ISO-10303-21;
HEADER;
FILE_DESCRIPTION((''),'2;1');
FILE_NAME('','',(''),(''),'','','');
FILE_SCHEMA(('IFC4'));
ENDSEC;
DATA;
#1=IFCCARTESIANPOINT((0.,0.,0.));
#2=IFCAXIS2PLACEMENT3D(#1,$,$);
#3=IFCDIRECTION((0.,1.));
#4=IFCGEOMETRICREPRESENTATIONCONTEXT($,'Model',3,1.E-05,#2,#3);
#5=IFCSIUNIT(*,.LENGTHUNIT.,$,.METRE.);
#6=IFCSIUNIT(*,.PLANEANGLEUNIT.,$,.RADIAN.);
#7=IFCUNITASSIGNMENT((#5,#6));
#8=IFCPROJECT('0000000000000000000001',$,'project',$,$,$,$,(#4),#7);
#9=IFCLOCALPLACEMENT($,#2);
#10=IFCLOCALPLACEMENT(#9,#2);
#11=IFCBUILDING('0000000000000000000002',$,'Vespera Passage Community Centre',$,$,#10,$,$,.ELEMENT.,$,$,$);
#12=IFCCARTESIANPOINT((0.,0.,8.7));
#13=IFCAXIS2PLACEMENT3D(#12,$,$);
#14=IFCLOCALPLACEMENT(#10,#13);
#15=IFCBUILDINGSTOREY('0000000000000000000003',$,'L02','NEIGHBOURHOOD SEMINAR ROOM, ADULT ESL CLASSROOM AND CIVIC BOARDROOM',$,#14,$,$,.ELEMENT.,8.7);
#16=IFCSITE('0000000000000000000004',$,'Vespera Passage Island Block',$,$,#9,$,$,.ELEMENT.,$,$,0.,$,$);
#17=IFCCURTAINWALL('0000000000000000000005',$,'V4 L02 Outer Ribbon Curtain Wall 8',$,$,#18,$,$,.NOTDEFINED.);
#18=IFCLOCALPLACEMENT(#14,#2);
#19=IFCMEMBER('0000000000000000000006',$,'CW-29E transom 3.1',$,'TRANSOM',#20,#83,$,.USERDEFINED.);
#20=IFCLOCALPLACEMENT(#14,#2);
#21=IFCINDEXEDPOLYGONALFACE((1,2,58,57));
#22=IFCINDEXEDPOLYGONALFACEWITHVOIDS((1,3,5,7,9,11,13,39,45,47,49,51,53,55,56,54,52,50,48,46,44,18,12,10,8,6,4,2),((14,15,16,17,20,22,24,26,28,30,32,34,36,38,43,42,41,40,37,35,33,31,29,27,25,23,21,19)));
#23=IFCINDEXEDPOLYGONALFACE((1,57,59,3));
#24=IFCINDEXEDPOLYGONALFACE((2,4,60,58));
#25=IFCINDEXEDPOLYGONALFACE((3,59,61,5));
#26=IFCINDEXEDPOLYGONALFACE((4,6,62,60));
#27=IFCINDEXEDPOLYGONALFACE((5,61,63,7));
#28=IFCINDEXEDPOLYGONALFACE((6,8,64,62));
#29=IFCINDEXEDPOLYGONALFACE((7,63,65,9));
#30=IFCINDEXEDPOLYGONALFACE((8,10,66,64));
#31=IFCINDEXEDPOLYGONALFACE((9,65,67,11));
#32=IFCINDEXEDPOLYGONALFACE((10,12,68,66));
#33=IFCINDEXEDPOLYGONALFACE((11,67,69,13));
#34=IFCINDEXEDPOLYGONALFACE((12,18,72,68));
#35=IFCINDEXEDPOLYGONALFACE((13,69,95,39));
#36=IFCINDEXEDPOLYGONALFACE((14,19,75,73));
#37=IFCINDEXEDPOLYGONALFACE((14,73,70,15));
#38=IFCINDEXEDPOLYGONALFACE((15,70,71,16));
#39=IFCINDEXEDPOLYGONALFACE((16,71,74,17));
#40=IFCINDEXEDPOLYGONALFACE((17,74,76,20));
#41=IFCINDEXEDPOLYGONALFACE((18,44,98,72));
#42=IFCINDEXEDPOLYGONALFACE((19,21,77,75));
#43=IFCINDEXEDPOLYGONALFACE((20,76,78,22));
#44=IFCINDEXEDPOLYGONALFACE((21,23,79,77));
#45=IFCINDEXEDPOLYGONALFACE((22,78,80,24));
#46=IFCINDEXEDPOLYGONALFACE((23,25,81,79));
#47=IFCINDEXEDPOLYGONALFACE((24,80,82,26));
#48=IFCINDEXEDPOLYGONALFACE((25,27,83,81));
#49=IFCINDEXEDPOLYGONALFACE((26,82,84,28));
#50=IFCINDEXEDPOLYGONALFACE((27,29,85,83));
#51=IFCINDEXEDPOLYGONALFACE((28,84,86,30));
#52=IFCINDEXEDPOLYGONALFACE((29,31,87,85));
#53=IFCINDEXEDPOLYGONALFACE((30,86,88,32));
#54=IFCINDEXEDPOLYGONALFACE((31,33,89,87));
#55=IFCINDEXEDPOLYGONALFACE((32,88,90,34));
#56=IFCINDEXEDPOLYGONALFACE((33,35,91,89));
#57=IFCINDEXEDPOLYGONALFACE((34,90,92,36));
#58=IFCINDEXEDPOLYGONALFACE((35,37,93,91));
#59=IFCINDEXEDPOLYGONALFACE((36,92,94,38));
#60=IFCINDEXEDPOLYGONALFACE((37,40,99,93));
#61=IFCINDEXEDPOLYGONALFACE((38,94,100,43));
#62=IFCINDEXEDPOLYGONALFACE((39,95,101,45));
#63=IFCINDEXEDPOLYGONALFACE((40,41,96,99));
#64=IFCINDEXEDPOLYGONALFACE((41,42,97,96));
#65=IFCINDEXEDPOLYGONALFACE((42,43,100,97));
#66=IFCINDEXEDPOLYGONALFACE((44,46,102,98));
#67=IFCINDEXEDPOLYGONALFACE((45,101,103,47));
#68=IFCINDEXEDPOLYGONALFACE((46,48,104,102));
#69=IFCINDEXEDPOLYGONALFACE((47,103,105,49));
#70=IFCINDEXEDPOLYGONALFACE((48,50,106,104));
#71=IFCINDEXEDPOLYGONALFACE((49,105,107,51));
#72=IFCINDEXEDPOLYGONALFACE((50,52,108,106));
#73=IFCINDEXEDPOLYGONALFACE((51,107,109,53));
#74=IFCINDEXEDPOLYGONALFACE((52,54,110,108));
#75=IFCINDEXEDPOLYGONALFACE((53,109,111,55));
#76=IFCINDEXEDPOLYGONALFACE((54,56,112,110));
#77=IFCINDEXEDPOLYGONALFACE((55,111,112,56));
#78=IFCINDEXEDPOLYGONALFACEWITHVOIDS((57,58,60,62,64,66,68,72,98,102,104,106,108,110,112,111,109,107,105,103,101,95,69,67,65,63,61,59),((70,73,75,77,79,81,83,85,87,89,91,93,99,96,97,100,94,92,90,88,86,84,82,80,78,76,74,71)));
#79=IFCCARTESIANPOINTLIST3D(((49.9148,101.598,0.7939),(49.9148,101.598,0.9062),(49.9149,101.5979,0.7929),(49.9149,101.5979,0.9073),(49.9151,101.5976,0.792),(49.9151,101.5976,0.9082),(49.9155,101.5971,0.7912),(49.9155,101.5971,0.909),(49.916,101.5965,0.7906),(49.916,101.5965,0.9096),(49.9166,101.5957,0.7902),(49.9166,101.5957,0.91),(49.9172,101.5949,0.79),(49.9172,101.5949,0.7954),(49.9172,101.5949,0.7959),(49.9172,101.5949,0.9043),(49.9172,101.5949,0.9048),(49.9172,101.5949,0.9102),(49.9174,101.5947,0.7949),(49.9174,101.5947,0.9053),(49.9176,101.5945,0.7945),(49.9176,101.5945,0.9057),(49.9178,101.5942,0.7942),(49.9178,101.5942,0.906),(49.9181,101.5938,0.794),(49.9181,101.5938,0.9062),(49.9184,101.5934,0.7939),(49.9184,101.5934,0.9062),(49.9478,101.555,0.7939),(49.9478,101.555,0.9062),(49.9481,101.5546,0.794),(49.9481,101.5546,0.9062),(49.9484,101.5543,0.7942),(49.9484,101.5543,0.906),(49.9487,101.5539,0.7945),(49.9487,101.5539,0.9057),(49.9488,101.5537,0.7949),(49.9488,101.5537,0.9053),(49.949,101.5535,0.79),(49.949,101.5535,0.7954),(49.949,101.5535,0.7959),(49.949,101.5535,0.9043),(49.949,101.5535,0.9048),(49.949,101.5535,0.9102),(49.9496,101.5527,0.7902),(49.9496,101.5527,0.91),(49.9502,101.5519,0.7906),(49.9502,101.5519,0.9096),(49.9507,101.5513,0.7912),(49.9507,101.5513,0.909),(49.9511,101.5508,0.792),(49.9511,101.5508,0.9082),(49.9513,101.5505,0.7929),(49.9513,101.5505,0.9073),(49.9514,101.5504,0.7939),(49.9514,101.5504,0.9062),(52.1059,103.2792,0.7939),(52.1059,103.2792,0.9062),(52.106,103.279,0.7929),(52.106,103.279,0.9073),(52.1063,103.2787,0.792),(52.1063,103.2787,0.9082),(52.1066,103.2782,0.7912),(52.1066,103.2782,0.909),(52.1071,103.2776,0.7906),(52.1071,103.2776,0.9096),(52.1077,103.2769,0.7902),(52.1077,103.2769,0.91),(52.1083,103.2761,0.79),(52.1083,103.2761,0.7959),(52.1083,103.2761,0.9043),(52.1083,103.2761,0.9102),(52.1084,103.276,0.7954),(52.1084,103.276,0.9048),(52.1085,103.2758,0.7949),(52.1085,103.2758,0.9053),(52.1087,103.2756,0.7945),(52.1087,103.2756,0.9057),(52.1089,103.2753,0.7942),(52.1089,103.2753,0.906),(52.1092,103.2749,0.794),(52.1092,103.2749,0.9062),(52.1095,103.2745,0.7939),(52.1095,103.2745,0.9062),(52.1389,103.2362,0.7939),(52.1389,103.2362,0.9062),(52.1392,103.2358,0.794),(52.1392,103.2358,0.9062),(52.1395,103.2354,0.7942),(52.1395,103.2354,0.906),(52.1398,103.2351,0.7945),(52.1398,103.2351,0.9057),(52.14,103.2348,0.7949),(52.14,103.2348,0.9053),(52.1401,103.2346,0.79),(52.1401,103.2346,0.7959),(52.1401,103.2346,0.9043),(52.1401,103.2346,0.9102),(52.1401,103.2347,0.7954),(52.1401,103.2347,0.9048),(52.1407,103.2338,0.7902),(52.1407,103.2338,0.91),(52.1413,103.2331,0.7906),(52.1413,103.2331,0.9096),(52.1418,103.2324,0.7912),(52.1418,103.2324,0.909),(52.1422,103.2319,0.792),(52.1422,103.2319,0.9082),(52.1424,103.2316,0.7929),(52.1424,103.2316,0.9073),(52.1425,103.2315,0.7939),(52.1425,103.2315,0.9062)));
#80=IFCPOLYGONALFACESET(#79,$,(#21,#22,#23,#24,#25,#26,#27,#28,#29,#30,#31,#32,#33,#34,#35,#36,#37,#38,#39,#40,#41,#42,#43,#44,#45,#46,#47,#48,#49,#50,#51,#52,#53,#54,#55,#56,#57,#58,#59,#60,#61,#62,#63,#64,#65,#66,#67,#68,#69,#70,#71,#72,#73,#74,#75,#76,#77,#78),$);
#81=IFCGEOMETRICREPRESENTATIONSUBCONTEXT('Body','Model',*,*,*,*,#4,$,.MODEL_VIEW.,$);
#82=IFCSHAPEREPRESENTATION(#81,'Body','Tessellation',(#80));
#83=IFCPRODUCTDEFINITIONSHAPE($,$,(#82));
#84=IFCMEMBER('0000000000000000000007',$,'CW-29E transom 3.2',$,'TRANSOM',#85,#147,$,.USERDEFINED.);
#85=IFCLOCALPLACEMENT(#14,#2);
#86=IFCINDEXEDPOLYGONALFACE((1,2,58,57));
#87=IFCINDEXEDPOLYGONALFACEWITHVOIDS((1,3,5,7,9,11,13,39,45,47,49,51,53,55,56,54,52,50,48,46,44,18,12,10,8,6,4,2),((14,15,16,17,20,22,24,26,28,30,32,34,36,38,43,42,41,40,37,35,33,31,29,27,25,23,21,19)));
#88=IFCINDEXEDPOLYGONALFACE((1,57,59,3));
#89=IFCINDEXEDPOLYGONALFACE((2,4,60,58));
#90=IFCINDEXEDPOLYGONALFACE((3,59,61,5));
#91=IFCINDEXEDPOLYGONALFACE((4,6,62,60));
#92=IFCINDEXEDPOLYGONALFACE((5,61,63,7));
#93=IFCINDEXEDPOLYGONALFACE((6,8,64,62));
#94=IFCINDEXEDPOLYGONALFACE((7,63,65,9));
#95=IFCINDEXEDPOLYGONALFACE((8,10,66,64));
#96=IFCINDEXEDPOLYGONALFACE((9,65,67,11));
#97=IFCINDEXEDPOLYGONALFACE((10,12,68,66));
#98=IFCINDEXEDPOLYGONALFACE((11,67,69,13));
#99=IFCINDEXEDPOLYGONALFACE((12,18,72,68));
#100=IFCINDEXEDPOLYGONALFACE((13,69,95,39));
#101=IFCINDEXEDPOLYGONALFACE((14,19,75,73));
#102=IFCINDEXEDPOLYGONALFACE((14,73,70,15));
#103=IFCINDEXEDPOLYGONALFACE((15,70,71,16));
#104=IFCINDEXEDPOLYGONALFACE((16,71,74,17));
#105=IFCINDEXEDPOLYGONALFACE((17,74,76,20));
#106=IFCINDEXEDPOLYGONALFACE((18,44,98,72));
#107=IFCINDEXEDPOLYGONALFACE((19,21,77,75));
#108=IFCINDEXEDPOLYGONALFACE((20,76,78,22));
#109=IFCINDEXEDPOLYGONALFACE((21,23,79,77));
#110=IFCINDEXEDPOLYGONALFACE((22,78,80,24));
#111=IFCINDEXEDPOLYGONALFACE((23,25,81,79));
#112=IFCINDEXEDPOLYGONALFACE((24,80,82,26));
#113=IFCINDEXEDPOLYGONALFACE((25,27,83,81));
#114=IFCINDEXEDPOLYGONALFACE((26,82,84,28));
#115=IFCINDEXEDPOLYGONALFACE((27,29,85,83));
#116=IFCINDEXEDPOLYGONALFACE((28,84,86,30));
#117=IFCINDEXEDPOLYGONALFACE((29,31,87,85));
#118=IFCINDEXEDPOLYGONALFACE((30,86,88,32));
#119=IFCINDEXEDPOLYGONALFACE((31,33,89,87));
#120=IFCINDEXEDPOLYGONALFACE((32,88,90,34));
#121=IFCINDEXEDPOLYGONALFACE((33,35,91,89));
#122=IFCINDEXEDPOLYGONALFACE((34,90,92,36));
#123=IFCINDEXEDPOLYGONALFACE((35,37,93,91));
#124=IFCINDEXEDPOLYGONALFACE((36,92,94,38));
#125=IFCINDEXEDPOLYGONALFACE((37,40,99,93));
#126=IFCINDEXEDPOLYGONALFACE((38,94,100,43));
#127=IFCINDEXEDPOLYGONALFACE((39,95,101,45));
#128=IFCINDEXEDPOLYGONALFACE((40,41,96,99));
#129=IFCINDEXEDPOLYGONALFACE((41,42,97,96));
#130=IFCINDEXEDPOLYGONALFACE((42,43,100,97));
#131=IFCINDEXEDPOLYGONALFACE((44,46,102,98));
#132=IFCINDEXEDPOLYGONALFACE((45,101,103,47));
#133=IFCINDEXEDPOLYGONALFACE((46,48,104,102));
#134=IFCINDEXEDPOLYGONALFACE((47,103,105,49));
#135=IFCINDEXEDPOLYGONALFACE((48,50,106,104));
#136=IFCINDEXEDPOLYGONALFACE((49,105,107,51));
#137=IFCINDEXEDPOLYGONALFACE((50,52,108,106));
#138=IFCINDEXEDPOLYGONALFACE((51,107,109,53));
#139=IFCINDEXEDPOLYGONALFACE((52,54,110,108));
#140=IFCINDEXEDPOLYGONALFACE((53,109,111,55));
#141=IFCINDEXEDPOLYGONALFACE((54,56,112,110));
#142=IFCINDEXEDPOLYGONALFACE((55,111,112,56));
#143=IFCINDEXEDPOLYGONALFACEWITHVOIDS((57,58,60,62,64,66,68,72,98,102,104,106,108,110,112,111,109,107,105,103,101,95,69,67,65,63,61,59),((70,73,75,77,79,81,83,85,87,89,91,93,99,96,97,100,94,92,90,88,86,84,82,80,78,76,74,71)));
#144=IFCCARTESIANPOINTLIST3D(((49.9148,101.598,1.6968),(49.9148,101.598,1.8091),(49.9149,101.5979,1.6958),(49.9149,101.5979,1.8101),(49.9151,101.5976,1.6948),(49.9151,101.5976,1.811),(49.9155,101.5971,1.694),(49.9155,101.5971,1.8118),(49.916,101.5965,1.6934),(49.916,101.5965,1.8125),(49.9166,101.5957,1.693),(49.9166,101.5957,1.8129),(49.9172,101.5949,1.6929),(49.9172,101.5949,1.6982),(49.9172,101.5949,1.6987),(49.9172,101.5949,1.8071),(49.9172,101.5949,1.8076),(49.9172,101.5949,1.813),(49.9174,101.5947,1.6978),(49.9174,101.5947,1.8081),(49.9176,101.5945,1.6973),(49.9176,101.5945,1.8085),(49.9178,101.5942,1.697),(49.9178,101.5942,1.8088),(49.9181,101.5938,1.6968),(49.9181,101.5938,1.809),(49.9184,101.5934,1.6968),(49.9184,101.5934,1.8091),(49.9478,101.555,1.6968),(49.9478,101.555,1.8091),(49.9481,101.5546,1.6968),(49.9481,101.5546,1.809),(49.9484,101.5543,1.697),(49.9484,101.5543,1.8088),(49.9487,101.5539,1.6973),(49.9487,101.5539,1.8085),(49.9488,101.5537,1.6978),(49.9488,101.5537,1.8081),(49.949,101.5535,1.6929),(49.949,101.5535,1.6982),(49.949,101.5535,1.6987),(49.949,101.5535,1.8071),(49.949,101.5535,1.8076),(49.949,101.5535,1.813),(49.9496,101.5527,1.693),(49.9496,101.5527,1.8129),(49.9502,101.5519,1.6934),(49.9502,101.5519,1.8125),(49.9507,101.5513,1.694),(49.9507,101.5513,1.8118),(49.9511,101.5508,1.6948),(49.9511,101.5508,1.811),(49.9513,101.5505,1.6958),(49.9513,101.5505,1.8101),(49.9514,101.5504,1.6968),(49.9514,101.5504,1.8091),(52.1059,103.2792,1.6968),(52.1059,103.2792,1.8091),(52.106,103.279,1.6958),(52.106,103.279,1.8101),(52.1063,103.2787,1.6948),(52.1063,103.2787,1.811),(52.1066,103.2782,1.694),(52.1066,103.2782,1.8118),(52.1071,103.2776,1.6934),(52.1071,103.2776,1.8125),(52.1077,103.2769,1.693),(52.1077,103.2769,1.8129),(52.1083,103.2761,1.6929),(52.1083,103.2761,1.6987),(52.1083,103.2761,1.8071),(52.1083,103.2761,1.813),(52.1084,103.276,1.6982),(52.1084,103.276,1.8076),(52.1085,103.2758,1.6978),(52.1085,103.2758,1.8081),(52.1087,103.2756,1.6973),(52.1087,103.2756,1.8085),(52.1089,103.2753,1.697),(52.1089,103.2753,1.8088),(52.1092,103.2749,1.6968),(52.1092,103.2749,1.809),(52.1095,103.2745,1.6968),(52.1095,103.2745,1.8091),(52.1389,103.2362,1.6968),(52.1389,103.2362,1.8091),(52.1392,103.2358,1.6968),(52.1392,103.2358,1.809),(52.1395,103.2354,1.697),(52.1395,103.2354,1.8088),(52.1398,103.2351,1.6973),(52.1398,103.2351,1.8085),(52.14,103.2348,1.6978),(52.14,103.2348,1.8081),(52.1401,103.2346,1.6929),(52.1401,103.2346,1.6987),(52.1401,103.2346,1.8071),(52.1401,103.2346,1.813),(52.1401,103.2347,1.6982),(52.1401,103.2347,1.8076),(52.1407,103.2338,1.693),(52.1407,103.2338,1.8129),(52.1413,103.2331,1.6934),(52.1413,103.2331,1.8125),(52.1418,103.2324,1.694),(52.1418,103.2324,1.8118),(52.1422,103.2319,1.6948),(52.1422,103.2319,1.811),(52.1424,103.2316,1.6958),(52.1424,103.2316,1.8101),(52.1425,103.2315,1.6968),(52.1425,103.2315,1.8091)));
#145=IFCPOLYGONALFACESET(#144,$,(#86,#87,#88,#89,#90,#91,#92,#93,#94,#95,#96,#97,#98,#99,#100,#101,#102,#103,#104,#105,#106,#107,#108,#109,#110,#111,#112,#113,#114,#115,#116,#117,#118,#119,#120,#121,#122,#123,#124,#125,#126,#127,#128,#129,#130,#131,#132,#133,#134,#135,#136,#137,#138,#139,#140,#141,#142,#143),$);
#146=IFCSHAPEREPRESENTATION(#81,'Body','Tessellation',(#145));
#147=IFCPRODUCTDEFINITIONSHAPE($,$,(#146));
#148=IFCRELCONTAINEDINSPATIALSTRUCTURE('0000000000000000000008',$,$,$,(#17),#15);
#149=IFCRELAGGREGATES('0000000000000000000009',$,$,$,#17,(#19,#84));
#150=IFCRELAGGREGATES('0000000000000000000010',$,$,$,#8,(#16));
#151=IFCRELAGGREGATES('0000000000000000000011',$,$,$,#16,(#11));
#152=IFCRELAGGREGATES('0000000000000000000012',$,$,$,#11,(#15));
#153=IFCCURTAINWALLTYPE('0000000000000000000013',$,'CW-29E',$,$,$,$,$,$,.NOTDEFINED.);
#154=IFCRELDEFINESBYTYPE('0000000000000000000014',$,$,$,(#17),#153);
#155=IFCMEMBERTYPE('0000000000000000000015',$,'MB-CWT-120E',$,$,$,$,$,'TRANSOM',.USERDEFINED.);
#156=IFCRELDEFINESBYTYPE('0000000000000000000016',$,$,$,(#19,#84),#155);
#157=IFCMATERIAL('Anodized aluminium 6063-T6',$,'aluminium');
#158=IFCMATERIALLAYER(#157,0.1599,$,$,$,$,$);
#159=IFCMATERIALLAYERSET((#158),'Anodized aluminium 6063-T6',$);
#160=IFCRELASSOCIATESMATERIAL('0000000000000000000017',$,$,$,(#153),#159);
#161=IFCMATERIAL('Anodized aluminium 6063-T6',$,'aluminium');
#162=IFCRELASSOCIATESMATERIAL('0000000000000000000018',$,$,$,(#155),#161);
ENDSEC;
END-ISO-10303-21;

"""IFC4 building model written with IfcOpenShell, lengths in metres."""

from ifc_helpers import new_model, si_unit, direction, frame, origin, origin_2d, place, context, subcontext, project, spatial, hollow_rectangle, extrude, material, layer, layer_set, material_profile, profile_set, type_object, element, aggregate, save


model = new_model("IFC4")

# Units and contexts
model_context = context("Model", 3, precision=1e-05, world=origin(), true_north=direction((0.0, 1.0)))
body_context = subcontext(model_context, "Body", "Model", "MODEL_VIEW")
ifc_project = project(units=[si_unit("LENGTHUNIT", "METRE"), si_unit("PLANEANGLEUNIT", "RADIAN")], contexts=[model_context])

# Site, building, storey
site_placement = place(None, origin())
site = spatial("IfcSite", under=ifc_project, at=site_placement, Name="Vespera Passage Island Block", CompositionType="ELEMENT", RefElevation=0.0)
building_placement = place(site_placement, origin())
building = spatial("IfcBuilding", under=site, at=building_placement, Name="Vespera Passage Community Centre", CompositionType="ELEMENT")
storey_placement = place(building_placement, frame((0.0, 0.0, 8.7)))
storey = spatial("IfcBuildingStorey", under=building, at=storey_placement, Name="L02", Description="NEIGHBOURHOOD SEMINAR ROOM, ADULT ESL CLASSROOM AND CIVIC BOARDROOM", CompositionType="ELEMENT", Elevation=8.7)

# Curtain wall
ifc_material_1 = material(Name="Anodized aluminium 6063-T6", Category="aluminium")
ifc_layer_1 = layer(ifc_material_1, 0.1599)
ifc_layer_set_1 = layer_set([ifc_layer_1], Name="Anodized aluminium 6063-T6")
curtain_wall_type_1 = type_object("IfcCurtainWallType", Name="CW-29E", PredefinedType="NOTDEFINED", material=ifc_layer_set_1)
curtain_wall_1_placement = place(storey_placement, origin())
curtain_wall_1 = element("IfcCurtainWall", 1, at=curtain_wall_1_placement, inside=storey, type_object=curtain_wall_type_1, Name="V4 L02 Outer Ribbon Curtain Wall 8", PredefinedType="NOTDEFINED")

# Members
ifc_material_2 = material(Name="Anodized aluminium 6063-T6", Category="aluminium")
ifc_material_profile_1 = material_profile(ifc_material_2, hollow_rectangle(XDim=0.0601, YDim=0.1201, WallThickness=0.0039, InnerFilletRadius=0.002, OuterFilletRadius=0.0039, at=origin_2d()), Name="ALU120X60X4")
ifc_profile_set_1 = profile_set([ifc_material_profile_1], Name="Anodized aluminium 6063-T6")
member_type_1 = type_object("IfcMemberType", Name="MB-CWT-120E", ElementType="TRANSOM", PredefinedType="USERDEFINED", material=ifc_profile_set_1)
member_1_placement = place(storey_placement, frame((49.9331, 101.5742, 0.8501), z_axis=(0.793386, 0.608719, 0.0), x_axis=(-0.608719, 0.793386, 0.0)))
member_1 = element("IfcMember", 2, at=member_1_placement, type_object=member_type_1, Name="CW-29E transom 3.1", ObjectType="TRANSOM", PredefinedType="USERDEFINED", context=body_context, shape_type="SweptSolid", body=[
    extrude(hollow_rectangle(XDim=0.0601, YDim=0.1201, WallThickness=0.0039, InnerFilletRadius=0.002, OuterFilletRadius=0.0039, at=origin_2d()), origin(), (0.0, 0.0, 1.0), 2.7617),
])
member_2_placement = place(storey_placement, frame((49.9331, 101.5742, 1.7529), z_axis=(0.793386, 0.608719, 0.0), x_axis=(-0.608719, 0.793386, 0.0)))
member_2 = element("IfcMember", 3, at=member_2_placement, type_object=member_type_1, Name="CW-29E transom 3.2", ObjectType="TRANSOM", PredefinedType="USERDEFINED", context=body_context, shape_type="SweptSolid", body=[
    extrude(hollow_rectangle(XDim=0.0601, YDim=0.1201, WallThickness=0.0039, InnerFilletRadius=0.002, OuterFilletRadius=0.0039, at=origin_2d()), origin(), (0.0, 0.0, 1.0), 2.7617),
])

aggregate(curtain_wall_1, [member_1, member_2])

save(model, "model.ifc")
